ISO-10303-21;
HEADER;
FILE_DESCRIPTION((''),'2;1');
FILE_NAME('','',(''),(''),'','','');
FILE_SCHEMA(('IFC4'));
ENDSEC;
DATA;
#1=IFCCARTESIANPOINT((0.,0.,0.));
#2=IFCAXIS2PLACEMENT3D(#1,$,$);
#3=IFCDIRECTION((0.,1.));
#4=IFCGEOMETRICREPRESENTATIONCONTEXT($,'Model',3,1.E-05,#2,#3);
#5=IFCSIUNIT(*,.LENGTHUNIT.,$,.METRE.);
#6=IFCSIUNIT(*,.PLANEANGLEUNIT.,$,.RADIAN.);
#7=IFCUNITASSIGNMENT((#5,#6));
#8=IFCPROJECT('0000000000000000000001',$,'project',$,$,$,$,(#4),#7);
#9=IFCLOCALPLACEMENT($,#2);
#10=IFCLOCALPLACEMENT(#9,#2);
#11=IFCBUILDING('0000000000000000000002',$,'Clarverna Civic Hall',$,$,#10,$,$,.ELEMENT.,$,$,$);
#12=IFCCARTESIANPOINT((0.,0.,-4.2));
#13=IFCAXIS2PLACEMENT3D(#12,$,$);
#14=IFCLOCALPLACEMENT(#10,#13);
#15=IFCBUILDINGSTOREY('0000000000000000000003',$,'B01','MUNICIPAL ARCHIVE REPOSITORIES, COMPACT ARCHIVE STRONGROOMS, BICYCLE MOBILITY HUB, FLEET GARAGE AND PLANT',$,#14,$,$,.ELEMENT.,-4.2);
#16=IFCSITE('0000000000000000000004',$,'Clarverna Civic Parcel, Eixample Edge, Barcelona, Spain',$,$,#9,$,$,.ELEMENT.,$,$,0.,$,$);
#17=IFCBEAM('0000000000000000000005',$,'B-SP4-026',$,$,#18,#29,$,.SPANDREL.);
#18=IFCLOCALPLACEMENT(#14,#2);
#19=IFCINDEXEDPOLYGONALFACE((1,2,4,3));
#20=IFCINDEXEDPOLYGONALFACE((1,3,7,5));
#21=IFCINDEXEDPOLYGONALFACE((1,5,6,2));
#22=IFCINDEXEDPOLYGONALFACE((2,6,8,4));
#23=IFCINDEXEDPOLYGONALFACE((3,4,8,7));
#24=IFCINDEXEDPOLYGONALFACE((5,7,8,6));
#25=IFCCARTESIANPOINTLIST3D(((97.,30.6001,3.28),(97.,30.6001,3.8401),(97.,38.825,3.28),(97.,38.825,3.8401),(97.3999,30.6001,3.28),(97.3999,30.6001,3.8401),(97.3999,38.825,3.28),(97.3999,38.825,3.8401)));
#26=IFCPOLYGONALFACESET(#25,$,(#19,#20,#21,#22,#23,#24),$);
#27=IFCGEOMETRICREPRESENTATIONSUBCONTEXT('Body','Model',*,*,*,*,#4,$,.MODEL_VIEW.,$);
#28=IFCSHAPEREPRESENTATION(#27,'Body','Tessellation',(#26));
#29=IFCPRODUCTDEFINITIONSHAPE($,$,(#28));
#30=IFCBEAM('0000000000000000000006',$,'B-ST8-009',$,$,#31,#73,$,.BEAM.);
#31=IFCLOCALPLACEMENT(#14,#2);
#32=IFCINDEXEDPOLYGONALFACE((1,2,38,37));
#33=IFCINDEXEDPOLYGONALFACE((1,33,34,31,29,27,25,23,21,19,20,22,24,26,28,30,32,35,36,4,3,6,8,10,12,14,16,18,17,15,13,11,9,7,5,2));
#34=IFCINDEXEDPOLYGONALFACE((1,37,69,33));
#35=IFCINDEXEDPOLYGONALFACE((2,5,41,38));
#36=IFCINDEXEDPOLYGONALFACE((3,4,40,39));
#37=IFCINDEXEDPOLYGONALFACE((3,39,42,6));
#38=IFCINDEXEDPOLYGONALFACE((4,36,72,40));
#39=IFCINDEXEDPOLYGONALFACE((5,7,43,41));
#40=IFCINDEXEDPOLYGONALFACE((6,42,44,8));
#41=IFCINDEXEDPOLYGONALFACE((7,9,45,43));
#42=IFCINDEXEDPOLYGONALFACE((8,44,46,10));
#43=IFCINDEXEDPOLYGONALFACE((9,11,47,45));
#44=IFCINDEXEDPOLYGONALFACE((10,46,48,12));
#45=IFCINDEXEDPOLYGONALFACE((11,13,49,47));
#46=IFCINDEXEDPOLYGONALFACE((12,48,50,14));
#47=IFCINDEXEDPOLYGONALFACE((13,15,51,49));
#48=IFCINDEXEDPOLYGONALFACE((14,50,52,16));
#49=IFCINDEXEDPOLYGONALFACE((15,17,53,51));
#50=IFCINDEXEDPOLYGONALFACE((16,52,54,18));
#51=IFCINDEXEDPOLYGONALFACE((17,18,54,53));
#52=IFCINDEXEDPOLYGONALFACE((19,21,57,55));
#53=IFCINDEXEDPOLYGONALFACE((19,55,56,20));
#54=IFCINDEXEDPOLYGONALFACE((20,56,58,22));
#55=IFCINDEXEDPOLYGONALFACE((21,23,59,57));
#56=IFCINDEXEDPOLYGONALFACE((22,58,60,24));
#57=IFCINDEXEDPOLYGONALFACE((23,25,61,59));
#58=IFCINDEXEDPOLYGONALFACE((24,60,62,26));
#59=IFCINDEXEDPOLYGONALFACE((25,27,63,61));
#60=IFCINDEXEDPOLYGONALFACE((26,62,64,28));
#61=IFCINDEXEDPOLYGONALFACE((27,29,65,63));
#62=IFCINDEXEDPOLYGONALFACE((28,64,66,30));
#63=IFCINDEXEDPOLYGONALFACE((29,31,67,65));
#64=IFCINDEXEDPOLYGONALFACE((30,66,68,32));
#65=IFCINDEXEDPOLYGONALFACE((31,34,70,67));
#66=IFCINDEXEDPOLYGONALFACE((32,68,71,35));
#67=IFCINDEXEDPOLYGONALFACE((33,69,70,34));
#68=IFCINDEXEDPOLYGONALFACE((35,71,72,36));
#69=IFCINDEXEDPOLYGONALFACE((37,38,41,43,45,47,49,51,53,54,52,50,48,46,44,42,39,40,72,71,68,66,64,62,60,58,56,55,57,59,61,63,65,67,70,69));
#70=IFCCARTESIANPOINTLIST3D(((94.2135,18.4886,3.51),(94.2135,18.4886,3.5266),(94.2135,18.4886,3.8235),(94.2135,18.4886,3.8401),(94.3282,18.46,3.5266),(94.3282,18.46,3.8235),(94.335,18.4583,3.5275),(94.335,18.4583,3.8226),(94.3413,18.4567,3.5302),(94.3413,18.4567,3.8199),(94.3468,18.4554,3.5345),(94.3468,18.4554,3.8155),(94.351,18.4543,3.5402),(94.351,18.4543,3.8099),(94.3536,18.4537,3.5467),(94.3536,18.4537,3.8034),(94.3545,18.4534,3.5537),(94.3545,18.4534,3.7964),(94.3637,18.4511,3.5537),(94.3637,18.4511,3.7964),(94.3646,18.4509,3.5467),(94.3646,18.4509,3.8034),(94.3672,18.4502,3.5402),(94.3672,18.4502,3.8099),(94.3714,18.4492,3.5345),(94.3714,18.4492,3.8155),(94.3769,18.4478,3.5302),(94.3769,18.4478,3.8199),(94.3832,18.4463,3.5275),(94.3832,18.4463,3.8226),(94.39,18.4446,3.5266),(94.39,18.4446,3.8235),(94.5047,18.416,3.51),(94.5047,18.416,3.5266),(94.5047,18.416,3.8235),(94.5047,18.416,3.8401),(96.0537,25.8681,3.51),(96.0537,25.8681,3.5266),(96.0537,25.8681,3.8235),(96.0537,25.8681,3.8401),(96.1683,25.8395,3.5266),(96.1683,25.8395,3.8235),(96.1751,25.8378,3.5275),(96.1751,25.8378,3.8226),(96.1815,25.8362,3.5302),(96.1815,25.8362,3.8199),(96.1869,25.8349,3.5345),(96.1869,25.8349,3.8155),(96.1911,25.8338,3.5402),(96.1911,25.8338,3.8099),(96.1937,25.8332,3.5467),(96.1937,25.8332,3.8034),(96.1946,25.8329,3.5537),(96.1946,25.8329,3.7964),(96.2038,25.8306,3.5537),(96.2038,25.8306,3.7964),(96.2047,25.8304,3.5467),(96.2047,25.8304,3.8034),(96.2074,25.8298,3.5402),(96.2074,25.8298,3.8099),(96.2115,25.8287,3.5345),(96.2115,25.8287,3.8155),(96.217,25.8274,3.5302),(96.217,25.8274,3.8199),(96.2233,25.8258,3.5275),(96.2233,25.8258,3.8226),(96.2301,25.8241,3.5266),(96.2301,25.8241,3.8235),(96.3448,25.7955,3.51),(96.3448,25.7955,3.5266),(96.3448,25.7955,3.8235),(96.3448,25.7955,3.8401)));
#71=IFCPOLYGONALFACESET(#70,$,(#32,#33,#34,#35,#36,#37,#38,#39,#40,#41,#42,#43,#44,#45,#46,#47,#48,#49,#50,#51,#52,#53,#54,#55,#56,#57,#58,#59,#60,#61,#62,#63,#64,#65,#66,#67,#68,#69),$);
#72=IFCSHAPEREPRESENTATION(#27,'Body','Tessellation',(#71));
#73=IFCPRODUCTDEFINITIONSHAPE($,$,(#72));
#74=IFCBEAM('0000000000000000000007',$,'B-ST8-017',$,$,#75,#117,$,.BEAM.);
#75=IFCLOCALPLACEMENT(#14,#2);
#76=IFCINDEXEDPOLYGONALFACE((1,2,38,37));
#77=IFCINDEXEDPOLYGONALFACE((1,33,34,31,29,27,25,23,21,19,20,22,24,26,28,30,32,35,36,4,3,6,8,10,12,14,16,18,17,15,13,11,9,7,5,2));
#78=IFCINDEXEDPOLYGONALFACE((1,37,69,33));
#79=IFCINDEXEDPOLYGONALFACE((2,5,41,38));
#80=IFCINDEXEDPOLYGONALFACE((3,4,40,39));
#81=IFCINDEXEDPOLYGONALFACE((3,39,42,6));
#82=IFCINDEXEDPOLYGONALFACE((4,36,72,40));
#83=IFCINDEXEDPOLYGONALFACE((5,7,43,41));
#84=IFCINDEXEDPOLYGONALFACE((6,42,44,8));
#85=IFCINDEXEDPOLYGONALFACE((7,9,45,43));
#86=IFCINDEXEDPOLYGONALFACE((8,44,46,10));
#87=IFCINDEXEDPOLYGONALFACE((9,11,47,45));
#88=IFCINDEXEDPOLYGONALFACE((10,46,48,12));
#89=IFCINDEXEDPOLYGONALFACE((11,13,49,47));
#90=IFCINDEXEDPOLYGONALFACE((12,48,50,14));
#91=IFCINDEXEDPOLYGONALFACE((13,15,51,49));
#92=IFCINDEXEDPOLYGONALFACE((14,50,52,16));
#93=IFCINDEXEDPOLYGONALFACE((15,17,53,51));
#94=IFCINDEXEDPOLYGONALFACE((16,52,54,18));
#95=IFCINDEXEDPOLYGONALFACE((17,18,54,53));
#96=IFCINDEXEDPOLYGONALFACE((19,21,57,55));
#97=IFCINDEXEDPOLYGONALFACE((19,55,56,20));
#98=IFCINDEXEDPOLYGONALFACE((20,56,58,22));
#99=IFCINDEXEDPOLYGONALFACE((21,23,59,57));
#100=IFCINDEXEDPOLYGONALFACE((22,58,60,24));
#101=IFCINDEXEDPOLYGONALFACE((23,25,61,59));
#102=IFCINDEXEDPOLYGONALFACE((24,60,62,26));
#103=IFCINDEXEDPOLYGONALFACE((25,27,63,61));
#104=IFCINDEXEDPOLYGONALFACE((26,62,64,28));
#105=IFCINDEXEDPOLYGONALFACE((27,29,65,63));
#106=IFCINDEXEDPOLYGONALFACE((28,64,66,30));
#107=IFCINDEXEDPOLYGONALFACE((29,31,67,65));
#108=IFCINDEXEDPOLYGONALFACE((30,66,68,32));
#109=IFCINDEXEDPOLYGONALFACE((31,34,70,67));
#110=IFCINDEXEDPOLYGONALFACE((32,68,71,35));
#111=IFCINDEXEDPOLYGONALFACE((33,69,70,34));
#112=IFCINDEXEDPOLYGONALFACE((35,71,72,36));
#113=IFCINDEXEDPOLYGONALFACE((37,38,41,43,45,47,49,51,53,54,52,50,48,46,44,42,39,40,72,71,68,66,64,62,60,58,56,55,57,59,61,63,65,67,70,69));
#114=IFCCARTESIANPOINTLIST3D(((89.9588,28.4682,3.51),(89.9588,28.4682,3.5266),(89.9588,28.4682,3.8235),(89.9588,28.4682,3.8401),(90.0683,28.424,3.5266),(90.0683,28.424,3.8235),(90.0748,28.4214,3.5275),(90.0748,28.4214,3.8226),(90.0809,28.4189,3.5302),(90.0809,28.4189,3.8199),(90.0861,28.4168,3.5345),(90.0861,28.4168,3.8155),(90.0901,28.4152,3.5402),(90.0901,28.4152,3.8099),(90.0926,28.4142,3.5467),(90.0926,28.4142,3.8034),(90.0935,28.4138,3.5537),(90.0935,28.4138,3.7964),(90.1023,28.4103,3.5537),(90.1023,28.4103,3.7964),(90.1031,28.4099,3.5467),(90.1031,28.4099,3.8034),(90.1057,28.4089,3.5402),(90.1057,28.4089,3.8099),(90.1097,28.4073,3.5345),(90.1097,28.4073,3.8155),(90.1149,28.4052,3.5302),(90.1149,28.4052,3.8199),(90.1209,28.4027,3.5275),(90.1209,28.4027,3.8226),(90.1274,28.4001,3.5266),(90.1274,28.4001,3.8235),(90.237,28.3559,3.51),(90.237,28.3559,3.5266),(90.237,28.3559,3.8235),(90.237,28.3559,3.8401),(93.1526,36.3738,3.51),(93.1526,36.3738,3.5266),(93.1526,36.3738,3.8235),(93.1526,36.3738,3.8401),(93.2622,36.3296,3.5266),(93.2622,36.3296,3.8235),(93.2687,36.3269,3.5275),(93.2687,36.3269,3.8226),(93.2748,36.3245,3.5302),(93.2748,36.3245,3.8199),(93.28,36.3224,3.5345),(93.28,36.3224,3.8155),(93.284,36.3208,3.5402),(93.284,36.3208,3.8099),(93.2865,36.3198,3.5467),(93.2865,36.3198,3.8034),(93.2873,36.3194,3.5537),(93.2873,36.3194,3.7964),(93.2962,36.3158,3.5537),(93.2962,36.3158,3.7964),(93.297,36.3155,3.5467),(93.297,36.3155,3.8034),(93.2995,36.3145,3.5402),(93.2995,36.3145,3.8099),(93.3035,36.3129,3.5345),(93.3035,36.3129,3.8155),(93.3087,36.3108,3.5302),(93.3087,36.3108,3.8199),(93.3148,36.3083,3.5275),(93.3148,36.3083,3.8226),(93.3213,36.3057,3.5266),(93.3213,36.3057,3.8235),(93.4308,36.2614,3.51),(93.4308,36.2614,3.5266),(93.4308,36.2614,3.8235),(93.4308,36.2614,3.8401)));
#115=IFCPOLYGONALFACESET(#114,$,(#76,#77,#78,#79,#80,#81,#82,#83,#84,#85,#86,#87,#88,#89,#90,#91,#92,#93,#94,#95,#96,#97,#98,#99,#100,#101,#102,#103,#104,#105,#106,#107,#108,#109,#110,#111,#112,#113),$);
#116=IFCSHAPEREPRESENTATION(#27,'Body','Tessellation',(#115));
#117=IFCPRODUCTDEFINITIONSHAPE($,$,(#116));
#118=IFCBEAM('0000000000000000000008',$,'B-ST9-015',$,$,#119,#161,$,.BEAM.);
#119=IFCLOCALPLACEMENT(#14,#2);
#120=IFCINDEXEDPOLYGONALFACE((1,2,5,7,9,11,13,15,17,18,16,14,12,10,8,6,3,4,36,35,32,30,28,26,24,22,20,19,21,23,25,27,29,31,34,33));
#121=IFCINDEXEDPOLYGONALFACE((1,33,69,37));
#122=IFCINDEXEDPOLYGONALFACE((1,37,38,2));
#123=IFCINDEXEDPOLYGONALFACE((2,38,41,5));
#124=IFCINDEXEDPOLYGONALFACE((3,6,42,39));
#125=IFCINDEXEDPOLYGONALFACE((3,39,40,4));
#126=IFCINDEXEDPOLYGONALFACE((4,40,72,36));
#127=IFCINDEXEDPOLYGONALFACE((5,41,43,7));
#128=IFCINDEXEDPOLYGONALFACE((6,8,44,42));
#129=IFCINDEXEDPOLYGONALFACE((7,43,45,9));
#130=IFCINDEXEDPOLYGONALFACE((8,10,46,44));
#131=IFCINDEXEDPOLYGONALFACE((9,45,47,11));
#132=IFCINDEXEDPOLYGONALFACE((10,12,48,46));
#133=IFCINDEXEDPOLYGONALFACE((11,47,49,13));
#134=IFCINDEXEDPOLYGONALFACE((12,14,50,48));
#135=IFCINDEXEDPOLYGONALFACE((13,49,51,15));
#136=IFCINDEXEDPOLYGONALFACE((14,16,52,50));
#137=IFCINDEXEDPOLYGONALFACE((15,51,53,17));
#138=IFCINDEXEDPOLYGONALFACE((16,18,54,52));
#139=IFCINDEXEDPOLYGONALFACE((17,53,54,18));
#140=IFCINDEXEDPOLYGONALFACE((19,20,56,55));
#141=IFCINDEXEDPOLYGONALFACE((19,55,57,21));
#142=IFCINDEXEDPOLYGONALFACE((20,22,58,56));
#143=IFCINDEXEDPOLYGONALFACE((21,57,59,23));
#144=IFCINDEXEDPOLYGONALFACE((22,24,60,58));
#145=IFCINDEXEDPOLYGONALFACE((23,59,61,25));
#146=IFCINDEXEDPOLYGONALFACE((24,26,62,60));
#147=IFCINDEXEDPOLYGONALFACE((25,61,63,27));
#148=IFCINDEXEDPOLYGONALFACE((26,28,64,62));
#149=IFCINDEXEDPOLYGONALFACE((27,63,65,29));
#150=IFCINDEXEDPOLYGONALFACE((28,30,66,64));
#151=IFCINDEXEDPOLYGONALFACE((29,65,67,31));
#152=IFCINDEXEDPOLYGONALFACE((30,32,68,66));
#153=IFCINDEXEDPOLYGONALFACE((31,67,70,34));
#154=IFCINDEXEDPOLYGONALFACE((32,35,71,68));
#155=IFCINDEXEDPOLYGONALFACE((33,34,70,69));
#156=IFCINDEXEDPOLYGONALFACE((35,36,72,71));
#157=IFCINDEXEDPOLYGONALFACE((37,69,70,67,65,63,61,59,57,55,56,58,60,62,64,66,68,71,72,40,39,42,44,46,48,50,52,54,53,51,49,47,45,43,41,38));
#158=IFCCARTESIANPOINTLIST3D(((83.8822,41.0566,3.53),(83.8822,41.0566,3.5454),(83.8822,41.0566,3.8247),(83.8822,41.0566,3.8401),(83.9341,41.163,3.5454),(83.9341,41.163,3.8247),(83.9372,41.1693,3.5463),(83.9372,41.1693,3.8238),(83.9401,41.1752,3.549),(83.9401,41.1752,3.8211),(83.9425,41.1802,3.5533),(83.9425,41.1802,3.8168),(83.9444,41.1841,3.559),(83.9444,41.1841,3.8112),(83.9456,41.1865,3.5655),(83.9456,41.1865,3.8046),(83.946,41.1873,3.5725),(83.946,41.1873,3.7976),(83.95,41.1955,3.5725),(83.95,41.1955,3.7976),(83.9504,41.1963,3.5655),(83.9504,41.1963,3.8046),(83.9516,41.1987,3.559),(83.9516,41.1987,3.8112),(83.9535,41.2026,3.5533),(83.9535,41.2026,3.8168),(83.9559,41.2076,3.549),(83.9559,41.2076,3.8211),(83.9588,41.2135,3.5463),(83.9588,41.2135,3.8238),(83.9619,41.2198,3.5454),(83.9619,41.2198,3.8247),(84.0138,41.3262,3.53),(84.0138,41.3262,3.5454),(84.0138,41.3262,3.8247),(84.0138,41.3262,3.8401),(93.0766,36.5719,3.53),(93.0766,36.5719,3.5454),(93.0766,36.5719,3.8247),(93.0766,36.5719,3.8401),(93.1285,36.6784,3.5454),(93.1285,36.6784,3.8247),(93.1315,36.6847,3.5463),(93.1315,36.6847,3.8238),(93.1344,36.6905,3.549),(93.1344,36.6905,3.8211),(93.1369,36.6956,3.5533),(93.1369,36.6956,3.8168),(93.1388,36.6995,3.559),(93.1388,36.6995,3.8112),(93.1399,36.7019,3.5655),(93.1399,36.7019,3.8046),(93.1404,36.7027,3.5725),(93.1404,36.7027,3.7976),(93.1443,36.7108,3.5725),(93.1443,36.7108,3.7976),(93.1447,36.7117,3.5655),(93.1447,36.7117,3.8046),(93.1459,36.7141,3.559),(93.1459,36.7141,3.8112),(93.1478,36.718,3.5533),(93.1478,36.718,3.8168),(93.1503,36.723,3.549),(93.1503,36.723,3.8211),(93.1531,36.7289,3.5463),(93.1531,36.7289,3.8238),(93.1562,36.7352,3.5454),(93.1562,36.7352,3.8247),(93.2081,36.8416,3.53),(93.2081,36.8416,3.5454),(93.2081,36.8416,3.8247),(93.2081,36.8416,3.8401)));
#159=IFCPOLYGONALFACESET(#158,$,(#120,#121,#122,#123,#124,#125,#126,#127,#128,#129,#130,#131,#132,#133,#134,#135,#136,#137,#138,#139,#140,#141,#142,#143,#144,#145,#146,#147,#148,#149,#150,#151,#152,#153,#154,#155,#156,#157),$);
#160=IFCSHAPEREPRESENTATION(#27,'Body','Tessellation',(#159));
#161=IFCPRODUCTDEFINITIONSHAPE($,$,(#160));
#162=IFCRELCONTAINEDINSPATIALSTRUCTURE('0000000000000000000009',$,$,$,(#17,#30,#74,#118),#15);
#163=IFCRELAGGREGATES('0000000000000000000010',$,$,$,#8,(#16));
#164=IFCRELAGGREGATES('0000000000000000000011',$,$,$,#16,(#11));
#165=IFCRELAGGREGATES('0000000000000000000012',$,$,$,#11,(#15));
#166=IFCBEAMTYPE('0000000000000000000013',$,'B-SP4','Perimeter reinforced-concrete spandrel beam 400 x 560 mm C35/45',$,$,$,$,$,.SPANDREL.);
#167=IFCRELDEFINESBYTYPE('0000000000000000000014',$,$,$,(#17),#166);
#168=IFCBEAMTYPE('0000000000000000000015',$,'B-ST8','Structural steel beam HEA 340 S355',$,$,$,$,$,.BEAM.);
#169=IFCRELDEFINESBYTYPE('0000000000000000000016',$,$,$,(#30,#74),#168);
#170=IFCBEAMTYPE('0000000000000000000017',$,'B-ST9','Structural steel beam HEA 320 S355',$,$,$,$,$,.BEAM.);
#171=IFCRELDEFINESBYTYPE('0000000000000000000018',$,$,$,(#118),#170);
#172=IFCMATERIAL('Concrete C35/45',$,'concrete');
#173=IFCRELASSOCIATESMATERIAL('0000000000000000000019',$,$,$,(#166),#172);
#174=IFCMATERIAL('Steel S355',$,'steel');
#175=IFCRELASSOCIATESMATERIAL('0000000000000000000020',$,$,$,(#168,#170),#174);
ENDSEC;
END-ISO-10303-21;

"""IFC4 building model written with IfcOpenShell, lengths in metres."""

from ifc_helpers import new_model, si_unit, direction, frame, origin, origin_2d, place, context, subcontext, project, spatial, rectangle, i_section, extrude, material, material_profile, profile_set, type_object, element, save


model = new_model("IFC4")

# Units and contexts
model_context = context("Model", 3, precision=1e-05, world=origin(), true_north=direction((0.0, 1.0)))
body_context = subcontext(model_context, "Body", "Model", "MODEL_VIEW")
ifc_project = project(units=[si_unit("LENGTHUNIT", "METRE"), si_unit("PLANEANGLEUNIT", "RADIAN")], contexts=[model_context])

# Site, building, storey
site_placement = place(None, origin())
site = spatial("IfcSite", under=ifc_project, at=site_placement, Name="Clarverna Civic Parcel, Eixample Edge, Barcelona, Spain", CompositionType="ELEMENT", RefElevation=0.0)
building_placement = place(site_placement, origin())
building = spatial("IfcBuilding", under=site, at=building_placement, Name="Clarverna Civic Hall", CompositionType="ELEMENT")
storey_placement = place(building_placement, frame((0.0, 0.0, -4.2)))
storey = spatial("IfcBuildingStorey", under=building, at=storey_placement, Name="B01", Description="MUNICIPAL ARCHIVE REPOSITORIES, COMPACT ARCHIVE STRONGROOMS, BICYCLE MOBILITY HUB, FLEET GARAGE AND PLANT", CompositionType="ELEMENT", Elevation=-4.2)

# Shared definitions
ifc_material_1 = material(Name="Concrete C35/45", Category="concrete")

# Beams
ifc_material_profile_1 = material_profile(ifc_material_1, rectangle(XDim=0.3999, YDim=0.5601, at=origin_2d()), Name="RC 400x560")
ifc_profile_set_1 = profile_set([ifc_material_profile_1], Name="Concrete C35/45")
beam_type_1 = type_object("IfcBeamType", Name="B-SP4", Description="Perimeter reinforced-concrete spandrel beam 400 x 560 mm C35/45", PredefinedType="SPANDREL", material=ifc_profile_set_1)
beam_1_placement = place(storey_placement, frame((97.2, 30.6001, 3.5601), z_axis=(0.0, 1.0, 0.0), x_axis=(-1.0, 0.0, 0.0)))
element("IfcBeam", 1, at=beam_1_placement, inside=storey, type_object=beam_type_1, Name="B-SP4-026", PredefinedType="SPANDREL", context=body_context, shape_type="SweptSolid", body=[
    extrude(rectangle(XDim=0.3999, YDim=0.5601, at=origin_2d()), origin(), (0.0, 0.0, 1.0), 8.2249),
])
ifc_material_2 = material(Name="Steel S355", Category="steel")
ifc_material_profile_2 = material_profile(ifc_material_2, i_section(OverallWidth=0.3, OverallDepth=0.3301, WebThickness=0.0095, FlangeThickness=0.0166, FilletRadius=0.0271, at=origin_2d()), Name="HEA 340")
ifc_profile_set_2 = profile_set([ifc_material_profile_2], Name="Steel S355")
beam_type_2 = type_object("IfcBeamType", Name="B-ST8", Description="Structural steel beam HEA 340 S355", PredefinedType="BEAM", material=ifc_profile_set_2)
beam_2_placement = place(storey_placement, frame((96.1992, 25.8318, 3.675), z_axis=(-0.241946, -0.97029, 0.0), x_axis=(0.97029, -0.241946, 0.0)))
element("IfcBeam", 2, at=beam_2_placement, inside=storey, type_object=beam_type_2, Name="B-ST8-009", PredefinedType="BEAM", context=body_context, shape_type="SweptSolid", body=[
    extrude(i_section(OverallWidth=0.3, OverallDepth=0.3301, WebThickness=0.0095, FlangeThickness=0.0166, FilletRadius=0.0271, at=origin_2d()), origin(), (0.0, 0.0, 1.0), 7.6055),
])
beam_3_placement = place(storey_placement, frame((93.2917, 36.3176, 3.675), z_axis=(-0.374588, -0.927192, 0.0), x_axis=(0.927192, -0.374588, 0.0)))
element("IfcBeam", 3, at=beam_3_placement, inside=storey, type_object=beam_type_2, Name="B-ST8-017", PredefinedType="BEAM", context=body_context, shape_type="SweptSolid", body=[
    extrude(i_section(OverallWidth=0.3, OverallDepth=0.3301, WebThickness=0.0095, FlangeThickness=0.0166, FilletRadius=0.0271, at=origin_2d()), origin(), (0.0, 0.0, 1.0), 8.5264),
])
ifc_material_profile_3 = material_profile(ifc_material_2, i_section(OverallWidth=0.3, OverallDepth=0.3101, WebThickness=0.009, FlangeThickness=0.0154, FilletRadius=0.0271, at=origin_2d()), Name="HEA 320")
ifc_profile_set_3 = profile_set([ifc_material_profile_3], Name="Steel S355")
beam_type_3 = type_object("IfcBeamType", Name="B-ST9", Description="Structural steel beam HEA 320 S355", PredefinedType="BEAM", material=ifc_profile_set_3)
beam_4_placement = place(storey_placement, frame((93.1423, 36.7068, 3.6851), z_axis=(-0.898785, 0.43839, 0.0), x_axis=(-0.43839, -0.898785, 0.0)))
element("IfcBeam", 4, at=beam_4_placement, inside=storey, type_object=beam_type_3, Name="B-ST9-015", PredefinedType="BEAM", context=body_context, shape_type="SweptSolid", body=[
    extrude(i_section(OverallWidth=0.3, OverallDepth=0.3101, WebThickness=0.009, FlangeThickness=0.0154, FilletRadius=0.0271, at=origin_2d()), origin(), (0.0, 0.0, 1.0), 10.2297),
])

save(model, "model.ifc")
